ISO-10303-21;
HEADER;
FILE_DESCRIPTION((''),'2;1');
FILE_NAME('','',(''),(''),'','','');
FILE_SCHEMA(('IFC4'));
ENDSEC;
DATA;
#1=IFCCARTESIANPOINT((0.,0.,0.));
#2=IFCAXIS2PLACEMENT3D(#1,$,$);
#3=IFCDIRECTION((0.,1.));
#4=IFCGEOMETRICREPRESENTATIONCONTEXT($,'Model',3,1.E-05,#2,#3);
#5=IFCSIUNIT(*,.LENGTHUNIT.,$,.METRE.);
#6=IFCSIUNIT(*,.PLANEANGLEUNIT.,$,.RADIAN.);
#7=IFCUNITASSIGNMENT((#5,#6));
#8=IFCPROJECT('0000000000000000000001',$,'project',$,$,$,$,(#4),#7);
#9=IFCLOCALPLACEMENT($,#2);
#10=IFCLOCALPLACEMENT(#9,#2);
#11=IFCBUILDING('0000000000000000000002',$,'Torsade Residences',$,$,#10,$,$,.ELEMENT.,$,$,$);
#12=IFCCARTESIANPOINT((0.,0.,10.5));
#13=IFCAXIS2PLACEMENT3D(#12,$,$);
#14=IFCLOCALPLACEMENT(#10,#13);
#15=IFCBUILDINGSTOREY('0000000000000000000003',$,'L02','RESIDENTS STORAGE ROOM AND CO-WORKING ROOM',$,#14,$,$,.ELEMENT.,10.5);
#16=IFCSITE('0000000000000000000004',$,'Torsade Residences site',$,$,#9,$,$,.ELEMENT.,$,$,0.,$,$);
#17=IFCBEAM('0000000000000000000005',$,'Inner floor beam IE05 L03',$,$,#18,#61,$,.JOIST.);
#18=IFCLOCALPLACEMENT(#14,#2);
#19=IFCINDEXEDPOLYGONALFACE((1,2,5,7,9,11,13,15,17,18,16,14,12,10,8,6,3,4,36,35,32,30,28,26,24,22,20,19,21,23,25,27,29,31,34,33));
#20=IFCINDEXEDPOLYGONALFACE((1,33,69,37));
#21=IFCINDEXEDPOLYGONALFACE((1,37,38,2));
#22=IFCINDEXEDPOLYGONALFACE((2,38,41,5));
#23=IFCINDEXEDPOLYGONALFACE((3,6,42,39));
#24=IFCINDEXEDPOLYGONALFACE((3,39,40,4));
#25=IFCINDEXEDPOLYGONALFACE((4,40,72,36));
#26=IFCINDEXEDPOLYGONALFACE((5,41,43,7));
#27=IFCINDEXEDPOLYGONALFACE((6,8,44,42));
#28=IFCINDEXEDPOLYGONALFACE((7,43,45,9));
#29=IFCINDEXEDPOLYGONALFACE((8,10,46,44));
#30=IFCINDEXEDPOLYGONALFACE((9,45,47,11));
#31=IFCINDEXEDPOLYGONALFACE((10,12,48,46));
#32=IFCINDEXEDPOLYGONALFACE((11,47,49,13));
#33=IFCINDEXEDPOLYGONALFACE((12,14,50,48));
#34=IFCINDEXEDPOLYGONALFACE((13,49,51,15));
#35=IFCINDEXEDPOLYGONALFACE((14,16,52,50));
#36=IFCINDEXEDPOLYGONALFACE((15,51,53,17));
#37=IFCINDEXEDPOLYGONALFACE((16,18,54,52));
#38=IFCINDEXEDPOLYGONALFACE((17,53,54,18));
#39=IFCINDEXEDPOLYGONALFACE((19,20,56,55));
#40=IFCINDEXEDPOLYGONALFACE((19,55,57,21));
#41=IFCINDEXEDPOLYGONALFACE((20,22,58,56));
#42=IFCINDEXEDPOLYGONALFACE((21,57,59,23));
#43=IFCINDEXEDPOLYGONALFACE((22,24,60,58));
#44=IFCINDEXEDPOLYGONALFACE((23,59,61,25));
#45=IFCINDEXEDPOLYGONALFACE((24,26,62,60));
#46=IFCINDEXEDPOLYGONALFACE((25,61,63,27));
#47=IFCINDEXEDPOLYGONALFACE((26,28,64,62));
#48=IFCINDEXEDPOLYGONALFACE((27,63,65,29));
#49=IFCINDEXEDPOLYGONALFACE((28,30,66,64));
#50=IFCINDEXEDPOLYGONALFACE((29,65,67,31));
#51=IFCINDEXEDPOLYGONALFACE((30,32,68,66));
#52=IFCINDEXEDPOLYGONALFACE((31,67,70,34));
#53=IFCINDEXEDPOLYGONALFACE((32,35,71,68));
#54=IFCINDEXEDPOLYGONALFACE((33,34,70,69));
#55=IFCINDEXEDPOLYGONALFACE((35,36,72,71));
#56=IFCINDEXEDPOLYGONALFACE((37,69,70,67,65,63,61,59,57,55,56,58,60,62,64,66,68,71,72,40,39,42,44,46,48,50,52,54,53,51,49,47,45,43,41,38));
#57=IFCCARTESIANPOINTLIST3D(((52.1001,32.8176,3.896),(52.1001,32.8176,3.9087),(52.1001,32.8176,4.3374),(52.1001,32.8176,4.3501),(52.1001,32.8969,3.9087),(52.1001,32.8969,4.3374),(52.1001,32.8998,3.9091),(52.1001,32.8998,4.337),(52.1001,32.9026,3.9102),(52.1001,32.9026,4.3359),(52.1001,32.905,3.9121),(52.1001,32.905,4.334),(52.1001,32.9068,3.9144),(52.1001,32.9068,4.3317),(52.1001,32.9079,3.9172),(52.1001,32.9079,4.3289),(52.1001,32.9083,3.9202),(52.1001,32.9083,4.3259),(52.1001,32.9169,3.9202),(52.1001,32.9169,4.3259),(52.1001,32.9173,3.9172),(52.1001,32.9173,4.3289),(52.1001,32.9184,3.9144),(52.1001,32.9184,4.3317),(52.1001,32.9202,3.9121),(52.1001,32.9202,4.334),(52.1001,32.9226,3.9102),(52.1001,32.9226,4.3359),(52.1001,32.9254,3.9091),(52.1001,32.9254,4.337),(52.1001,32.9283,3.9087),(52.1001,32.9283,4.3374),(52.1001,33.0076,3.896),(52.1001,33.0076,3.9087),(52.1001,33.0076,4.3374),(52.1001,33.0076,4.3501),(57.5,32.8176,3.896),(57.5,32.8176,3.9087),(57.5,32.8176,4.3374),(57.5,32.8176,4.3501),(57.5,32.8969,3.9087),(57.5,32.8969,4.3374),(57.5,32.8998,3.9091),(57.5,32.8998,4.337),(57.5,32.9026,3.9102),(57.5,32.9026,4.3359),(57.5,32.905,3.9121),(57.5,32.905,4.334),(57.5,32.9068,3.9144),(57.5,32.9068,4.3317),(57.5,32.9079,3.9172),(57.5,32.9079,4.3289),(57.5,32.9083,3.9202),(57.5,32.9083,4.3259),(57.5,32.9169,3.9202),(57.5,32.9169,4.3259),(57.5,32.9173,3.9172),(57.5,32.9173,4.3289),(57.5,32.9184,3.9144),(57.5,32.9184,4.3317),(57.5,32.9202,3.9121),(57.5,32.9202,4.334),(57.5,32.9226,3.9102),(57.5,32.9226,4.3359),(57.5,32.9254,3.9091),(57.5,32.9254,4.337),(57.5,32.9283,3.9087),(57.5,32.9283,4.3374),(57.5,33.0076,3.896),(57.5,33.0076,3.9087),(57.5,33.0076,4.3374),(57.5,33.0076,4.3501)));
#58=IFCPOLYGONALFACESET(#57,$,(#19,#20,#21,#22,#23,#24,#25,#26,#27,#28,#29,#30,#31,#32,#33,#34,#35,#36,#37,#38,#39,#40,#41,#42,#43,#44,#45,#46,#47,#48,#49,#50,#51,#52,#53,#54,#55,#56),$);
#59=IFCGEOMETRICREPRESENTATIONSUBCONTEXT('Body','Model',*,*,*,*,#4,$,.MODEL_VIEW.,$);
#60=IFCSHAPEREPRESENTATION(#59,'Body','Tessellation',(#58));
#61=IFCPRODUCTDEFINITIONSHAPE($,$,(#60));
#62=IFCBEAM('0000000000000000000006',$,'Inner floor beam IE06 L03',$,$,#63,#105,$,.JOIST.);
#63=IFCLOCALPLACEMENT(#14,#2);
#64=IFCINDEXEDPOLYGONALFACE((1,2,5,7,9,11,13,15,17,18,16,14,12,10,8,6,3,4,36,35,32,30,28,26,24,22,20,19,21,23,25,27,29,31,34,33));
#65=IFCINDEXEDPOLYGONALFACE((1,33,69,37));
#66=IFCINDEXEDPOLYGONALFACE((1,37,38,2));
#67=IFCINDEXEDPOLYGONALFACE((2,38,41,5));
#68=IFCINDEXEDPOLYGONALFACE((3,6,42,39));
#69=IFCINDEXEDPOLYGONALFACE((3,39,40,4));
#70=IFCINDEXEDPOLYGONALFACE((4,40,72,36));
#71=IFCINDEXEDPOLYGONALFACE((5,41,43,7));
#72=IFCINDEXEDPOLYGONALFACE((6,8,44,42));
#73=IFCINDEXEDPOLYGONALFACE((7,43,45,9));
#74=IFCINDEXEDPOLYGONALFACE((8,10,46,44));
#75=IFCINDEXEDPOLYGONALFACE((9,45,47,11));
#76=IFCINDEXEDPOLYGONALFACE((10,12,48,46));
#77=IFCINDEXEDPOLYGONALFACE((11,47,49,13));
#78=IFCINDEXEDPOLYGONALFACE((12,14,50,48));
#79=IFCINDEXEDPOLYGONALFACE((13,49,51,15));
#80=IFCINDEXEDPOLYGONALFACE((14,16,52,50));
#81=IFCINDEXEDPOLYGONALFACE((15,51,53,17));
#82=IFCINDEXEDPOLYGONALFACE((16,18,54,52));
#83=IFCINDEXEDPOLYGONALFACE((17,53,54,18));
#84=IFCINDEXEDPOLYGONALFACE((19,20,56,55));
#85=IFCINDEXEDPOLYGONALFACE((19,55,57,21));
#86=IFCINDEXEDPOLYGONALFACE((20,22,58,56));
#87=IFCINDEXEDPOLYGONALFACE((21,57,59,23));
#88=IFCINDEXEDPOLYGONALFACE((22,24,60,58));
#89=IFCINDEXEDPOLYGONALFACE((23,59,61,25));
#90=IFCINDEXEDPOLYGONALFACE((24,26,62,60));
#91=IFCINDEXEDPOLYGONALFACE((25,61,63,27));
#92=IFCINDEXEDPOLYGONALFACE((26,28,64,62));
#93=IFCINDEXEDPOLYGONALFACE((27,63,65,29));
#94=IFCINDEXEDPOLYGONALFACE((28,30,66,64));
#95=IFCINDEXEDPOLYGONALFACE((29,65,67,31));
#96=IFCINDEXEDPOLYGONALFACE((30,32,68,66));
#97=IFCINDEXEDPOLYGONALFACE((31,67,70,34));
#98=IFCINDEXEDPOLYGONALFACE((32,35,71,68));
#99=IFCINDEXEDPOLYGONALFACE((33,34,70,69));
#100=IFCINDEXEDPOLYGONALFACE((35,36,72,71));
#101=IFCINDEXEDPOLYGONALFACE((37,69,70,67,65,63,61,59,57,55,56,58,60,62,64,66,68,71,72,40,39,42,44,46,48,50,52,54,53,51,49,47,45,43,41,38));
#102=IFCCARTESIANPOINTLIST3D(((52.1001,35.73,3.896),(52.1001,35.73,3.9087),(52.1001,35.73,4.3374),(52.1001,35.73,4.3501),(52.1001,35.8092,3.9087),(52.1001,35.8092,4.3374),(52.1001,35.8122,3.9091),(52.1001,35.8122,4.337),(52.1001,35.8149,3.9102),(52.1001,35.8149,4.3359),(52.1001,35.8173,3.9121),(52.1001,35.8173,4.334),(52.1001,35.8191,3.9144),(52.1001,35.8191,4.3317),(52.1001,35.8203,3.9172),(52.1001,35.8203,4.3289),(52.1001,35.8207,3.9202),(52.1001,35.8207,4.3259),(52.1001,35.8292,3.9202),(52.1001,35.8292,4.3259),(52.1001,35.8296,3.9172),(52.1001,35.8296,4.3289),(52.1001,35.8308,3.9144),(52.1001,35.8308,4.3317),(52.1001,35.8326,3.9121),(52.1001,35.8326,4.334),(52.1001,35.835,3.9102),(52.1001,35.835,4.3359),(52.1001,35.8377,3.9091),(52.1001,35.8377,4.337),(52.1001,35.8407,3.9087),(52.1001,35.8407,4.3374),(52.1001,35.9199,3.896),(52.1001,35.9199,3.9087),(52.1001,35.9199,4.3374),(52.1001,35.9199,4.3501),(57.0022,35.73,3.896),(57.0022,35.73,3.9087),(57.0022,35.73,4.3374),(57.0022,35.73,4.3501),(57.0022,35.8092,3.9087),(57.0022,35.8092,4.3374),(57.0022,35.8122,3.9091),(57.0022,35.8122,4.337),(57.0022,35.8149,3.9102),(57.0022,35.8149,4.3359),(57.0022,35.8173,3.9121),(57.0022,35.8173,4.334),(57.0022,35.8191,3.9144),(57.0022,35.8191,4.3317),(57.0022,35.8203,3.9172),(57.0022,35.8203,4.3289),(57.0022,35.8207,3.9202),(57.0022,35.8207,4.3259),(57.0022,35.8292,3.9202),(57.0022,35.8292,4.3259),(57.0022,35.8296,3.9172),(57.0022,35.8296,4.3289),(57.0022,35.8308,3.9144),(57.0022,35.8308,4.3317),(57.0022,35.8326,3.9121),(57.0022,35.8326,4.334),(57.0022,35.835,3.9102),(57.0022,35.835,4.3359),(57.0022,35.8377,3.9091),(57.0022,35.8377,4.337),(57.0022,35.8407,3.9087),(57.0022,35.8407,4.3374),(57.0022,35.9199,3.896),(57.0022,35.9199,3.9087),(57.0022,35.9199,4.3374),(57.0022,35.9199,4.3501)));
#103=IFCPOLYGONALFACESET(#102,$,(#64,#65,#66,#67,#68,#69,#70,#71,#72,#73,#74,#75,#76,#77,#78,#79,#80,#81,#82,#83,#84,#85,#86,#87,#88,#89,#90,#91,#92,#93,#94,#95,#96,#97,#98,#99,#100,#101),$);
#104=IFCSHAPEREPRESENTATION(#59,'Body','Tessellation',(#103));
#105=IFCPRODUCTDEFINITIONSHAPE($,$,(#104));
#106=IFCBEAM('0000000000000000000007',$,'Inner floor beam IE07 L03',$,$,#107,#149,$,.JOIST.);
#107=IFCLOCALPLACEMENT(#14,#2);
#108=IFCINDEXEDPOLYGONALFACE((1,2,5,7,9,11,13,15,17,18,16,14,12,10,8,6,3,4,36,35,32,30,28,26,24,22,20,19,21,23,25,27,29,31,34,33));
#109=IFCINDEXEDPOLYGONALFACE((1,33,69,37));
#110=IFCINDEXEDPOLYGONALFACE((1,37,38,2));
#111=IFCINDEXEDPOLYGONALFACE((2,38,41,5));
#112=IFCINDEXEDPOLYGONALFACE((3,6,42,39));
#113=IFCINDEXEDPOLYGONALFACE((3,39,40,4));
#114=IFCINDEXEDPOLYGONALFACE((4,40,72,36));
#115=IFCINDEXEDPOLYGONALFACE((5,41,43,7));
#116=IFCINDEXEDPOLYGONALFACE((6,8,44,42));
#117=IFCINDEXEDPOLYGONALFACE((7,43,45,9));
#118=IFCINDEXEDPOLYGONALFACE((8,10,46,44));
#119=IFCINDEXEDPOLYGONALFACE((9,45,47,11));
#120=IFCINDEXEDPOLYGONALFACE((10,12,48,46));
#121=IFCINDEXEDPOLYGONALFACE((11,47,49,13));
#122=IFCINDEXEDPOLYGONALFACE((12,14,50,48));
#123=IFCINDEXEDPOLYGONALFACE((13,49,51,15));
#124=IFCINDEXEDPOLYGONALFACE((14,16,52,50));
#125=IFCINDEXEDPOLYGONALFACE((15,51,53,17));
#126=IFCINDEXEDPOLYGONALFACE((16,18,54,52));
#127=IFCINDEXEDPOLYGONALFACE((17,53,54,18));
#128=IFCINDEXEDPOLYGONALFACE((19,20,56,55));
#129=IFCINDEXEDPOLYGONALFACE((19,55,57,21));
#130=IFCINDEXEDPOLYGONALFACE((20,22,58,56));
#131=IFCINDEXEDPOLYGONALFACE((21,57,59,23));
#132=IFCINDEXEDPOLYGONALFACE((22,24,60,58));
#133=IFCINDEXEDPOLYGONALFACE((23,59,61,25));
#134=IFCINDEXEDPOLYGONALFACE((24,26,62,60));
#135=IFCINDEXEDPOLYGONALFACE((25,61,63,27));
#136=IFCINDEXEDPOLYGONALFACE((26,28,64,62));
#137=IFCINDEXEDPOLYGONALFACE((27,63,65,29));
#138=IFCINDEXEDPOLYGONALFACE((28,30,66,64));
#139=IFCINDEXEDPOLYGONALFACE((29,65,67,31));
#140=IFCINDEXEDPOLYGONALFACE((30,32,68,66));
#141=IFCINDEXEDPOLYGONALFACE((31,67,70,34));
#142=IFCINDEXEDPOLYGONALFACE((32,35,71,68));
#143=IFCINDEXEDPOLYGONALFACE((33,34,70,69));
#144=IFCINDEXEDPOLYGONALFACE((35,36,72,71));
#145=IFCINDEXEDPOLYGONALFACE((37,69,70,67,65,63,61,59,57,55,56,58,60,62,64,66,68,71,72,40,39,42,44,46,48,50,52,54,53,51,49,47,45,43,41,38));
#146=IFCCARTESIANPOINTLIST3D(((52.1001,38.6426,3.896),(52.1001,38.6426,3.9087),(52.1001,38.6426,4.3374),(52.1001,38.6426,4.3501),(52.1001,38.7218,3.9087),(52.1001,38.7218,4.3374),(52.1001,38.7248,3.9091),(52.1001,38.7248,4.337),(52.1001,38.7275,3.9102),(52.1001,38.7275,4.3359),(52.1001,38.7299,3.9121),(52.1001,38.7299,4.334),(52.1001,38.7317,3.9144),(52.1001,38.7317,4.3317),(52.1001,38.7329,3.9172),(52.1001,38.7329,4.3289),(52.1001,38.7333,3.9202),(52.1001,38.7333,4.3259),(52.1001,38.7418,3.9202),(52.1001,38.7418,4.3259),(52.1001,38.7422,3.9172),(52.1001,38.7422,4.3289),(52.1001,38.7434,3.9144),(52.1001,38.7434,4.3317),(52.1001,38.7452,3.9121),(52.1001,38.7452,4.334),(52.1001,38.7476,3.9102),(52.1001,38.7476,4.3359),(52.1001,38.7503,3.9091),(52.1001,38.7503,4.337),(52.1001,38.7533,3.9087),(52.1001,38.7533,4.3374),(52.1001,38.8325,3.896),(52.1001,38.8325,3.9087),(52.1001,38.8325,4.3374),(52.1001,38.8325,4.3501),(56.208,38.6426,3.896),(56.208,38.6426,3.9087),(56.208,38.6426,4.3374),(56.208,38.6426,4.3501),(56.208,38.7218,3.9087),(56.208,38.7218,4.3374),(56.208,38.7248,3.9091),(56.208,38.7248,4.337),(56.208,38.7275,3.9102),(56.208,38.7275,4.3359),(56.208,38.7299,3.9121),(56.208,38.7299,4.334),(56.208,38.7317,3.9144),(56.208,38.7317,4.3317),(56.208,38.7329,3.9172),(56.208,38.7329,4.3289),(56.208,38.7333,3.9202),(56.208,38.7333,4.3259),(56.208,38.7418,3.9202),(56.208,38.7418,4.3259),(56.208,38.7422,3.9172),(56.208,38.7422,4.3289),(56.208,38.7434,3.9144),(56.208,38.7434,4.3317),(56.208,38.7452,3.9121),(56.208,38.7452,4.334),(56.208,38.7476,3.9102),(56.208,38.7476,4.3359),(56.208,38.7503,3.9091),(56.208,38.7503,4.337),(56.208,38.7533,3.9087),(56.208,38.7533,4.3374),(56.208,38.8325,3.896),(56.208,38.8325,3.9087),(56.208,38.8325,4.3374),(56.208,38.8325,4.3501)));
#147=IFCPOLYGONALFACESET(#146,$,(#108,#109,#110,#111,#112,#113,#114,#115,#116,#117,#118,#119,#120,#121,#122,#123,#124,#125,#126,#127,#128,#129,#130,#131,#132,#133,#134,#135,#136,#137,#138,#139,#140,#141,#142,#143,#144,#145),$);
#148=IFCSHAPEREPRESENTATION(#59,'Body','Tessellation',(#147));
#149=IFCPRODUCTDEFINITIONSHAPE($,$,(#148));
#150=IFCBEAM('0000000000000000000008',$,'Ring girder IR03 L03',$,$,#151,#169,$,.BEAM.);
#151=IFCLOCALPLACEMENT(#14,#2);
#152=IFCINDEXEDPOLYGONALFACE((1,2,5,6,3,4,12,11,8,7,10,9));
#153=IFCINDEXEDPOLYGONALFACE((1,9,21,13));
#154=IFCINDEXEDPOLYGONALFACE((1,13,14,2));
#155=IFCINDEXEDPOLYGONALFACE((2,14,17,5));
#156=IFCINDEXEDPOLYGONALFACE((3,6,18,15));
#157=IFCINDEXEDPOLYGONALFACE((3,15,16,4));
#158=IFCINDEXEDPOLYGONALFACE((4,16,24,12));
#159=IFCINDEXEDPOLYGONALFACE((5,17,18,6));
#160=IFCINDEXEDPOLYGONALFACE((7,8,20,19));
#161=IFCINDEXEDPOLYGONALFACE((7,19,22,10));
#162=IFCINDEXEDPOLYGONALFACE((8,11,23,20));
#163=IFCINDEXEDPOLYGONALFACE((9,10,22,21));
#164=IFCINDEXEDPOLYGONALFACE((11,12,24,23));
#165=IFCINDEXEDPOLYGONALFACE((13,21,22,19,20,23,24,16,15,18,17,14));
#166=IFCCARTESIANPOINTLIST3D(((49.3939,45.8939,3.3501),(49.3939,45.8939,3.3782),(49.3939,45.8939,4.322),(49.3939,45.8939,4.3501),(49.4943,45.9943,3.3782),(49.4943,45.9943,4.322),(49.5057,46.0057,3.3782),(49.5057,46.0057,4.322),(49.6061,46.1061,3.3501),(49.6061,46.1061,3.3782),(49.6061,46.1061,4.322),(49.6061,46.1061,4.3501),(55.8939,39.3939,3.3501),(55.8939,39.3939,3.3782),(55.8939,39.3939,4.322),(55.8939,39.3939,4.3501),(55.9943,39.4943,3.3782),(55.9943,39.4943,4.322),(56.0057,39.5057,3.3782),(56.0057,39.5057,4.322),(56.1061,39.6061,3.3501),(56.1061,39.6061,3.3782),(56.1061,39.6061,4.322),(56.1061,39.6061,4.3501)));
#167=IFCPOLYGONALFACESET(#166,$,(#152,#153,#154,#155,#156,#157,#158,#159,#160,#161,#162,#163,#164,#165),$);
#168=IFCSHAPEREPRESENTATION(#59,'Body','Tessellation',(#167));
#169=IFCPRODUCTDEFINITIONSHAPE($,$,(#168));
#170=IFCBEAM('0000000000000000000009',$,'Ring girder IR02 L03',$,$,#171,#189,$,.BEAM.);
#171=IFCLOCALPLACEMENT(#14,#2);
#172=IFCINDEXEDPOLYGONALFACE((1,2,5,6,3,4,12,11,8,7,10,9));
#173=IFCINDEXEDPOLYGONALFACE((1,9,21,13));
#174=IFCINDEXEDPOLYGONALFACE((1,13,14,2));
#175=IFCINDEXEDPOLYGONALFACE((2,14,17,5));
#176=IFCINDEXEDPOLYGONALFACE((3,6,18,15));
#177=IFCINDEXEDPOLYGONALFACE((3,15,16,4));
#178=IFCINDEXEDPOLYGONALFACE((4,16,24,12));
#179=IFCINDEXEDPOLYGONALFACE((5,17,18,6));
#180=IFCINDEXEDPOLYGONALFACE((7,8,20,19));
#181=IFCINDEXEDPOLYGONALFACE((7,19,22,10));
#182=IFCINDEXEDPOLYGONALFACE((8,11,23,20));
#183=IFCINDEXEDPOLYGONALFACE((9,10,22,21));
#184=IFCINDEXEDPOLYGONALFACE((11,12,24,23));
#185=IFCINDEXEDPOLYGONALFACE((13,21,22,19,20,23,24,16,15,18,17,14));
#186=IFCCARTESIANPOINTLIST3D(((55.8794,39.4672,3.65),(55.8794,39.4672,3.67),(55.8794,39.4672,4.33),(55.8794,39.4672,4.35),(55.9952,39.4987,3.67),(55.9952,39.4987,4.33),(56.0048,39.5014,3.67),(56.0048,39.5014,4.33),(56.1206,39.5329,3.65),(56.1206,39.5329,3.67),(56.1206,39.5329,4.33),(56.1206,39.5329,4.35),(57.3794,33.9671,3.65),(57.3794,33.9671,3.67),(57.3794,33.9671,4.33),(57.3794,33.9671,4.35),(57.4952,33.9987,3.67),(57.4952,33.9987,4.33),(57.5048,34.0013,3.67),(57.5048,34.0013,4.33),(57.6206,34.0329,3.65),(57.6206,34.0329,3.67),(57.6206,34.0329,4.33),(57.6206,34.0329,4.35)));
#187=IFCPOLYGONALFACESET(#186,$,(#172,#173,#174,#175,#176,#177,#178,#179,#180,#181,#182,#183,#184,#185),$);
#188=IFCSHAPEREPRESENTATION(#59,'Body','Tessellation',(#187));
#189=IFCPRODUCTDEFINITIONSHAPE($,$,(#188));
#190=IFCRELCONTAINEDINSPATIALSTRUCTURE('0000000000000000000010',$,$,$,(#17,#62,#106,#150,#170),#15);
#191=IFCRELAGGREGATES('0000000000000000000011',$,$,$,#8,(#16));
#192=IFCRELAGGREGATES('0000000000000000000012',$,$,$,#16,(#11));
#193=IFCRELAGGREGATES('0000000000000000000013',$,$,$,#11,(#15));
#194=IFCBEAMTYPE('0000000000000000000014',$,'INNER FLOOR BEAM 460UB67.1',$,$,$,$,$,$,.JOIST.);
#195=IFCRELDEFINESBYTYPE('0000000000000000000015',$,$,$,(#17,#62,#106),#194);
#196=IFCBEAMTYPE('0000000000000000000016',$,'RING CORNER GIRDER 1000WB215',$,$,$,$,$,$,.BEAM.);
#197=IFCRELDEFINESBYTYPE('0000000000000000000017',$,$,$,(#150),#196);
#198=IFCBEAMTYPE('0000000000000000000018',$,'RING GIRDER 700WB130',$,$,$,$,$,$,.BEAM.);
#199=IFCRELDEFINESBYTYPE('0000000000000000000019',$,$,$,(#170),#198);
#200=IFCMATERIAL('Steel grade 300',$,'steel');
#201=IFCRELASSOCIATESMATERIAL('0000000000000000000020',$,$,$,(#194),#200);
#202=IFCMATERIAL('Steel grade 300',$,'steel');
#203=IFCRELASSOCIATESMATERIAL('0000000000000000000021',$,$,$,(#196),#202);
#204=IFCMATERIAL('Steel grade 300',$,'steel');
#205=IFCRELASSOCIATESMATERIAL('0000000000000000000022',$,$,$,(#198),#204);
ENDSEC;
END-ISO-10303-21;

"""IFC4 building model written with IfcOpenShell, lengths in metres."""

from ifc_helpers import new_model, si_unit, direction, frame, origin, origin_2d, place, context, subcontext, project, spatial, i_section, extrude, material, material_profile, profile_set, type_object, element, save


model = new_model("IFC4")

# Units and contexts
model_context = context("Model", 3, precision=1e-05, world=origin(), true_north=direction((0.0, 1.0)))
body_context = subcontext(model_context, "Body", "Model", "MODEL_VIEW")
ifc_project = project(units=[si_unit("LENGTHUNIT", "METRE"), si_unit("PLANEANGLEUNIT", "RADIAN")], contexts=[model_context])

# Site, building, storey
site_placement = place(None, origin())
site = spatial("IfcSite", under=ifc_project, at=site_placement, Name="Torsade Residences site", CompositionType="ELEMENT", RefElevation=0.0)
building_placement = place(site_placement, origin())
building = spatial("IfcBuilding", under=site, at=building_placement, Name="Torsade Residences", CompositionType="ELEMENT")
storey_placement = place(building_placement, frame((0.0, 0.0, 10.5)))
storey = spatial("IfcBuildingStorey", under=building, at=storey_placement, Name="L02", Description="RESIDENTS STORAGE ROOM AND CO-WORKING ROOM", CompositionType="ELEMENT", Elevation=10.5)

# Beams
ifc_material_1 = material(Name="Steel grade 300", Category="steel")
ifc_material_profile_1 = material_profile(ifc_material_1, i_section(OverallWidth=0.1899, OverallDepth=0.4541, WebThickness=0.0085, FlangeThickness=0.0127, FilletRadius=0.0115, at=origin_2d()), Name="460UB67.1")
ifc_profile_set_1 = profile_set([ifc_material_profile_1], Name="Steel grade 300")
beam_type_1 = type_object("IfcBeamType", Name="INNER FLOOR BEAM 460UB67.1", PredefinedType="JOIST", material=ifc_profile_set_1)
for number, where, z_axis, x_axis, name in (
    (1, (52.1001, 32.9126, 4.123), (1.0, 0.0, 0.0), (0.0, 1.0, 0.0), "Inner floor beam IE05 L03"),
):
    element("IfcBeam", number, at=place(storey_placement, frame(where, z_axis=z_axis, x_axis=x_axis)), inside=storey, type_object=beam_type_1, Name=name, PredefinedType="JOIST", context=body_context, shape_type="SweptSolid", body=[
        extrude(i_section(OverallWidth=0.1899, OverallDepth=0.4541, WebThickness=0.0085, FlangeThickness=0.0127, FilletRadius=0.0115, at=origin_2d()), origin(), (0.0, 0.0, 1.0), 5.3999),
    ])
beam_1_placement = place(storey_placement, frame((52.1001, 35.825, 4.123), z_axis=(1.0, 0.0, 0.0), x_axis=(0.0, 1.0, 0.0)))
element("IfcBeam", 2, at=beam_1_placement, inside=storey, type_object=beam_type_1, Name="Inner floor beam IE06 L03", PredefinedType="JOIST", context=body_context, shape_type="SweptSolid", body=[
    extrude(i_section(OverallWidth=0.1899, OverallDepth=0.4541, WebThickness=0.0085, FlangeThickness=0.0127, FilletRadius=0.0115, at=origin_2d()), origin(), (0.0, 0.0, 1.0), 4.9021),
])
beam_2_placement = place(storey_placement, frame((52.1001, 38.7375, 4.123), z_axis=(1.0, 0.0, 0.0), x_axis=(0.0, 1.0, 0.0)))
element("IfcBeam", 3, at=beam_2_placement, inside=storey, type_object=beam_type_1, Name="Inner floor beam IE07 L03", PredefinedType="JOIST", context=body_context, shape_type="SweptSolid", body=[
    extrude(i_section(OverallWidth=0.1899, OverallDepth=0.4541, WebThickness=0.0085, FlangeThickness=0.0127, FilletRadius=0.0115, at=origin_2d()), origin(), (0.0, 0.0, 1.0), 4.1079),
])
ifc_material_2 = material(Name="Steel grade 300", Category="steel")
ifc_material_profile_2 = material_profile(ifc_material_2, i_section(OverallWidth=0.3, OverallDepth=1.0, WebThickness=0.0161, FlangeThickness=0.0281, at=origin_2d()), Name="1000WB215")
ifc_profile_set_2 = profile_set([ifc_material_profile_2], Name="Steel grade 300")
beam_type_2 = type_object("IfcBeamType", Name="RING CORNER GIRDER 1000WB215", PredefinedType="BEAM", material=ifc_profile_set_2)
beam_3_placement = place(storey_placement, frame((56.0, 39.5, 3.8501), z_axis=(-0.707107, 0.707107, 0.0), x_axis=(-0.707107, -0.707107, 0.0)))
element("IfcBeam", 4, at=beam_3_placement, inside=storey, type_object=beam_type_2, Name="Ring girder IR03 L03", PredefinedType="BEAM", context=body_context, shape_type="SweptSolid", body=[
    extrude(i_section(OverallWidth=0.3, OverallDepth=1.0, WebThickness=0.0161, FlangeThickness=0.0281, at=origin_2d()), origin(), (0.0, 0.0, 1.0), 9.1924),
])
ifc_material_3 = material(Name="Steel grade 300", Category="steel")
ifc_material_profile_3 = material_profile(ifc_material_3, i_section(OverallWidth=0.25, OverallDepth=0.7, WebThickness=0.01, FlangeThickness=0.02, at=origin_2d()), Name="700WB130")
ifc_profile_set_3 = profile_set([ifc_material_profile_3], Name="Steel grade 300")
beam_type_3 = type_object("IfcBeamType", Name="RING GIRDER 700WB130", PredefinedType="BEAM", material=ifc_profile_set_3)
for number, where, z_axis, x_axis, name in (
    (5, (57.5, 34.0, 4.0), (-0.263117, 0.964764, 0.0), (-0.964764, -0.263117, 0.0), "Ring girder IR02 L03"),
):
    element("IfcBeam", number, at=place(storey_placement, frame(where, z_axis=z_axis, x_axis=x_axis)), inside=storey, type_object=beam_type_3, Name=name, PredefinedType="BEAM", context=body_context, shape_type="SweptSolid", body=[
        extrude(i_section(OverallWidth=0.25, OverallDepth=0.7, WebThickness=0.01, FlangeThickness=0.02, at=origin_2d()), origin(), (0.0, 0.0, 1.0), 5.7009),
    ])

save(model, "model.ifc")
